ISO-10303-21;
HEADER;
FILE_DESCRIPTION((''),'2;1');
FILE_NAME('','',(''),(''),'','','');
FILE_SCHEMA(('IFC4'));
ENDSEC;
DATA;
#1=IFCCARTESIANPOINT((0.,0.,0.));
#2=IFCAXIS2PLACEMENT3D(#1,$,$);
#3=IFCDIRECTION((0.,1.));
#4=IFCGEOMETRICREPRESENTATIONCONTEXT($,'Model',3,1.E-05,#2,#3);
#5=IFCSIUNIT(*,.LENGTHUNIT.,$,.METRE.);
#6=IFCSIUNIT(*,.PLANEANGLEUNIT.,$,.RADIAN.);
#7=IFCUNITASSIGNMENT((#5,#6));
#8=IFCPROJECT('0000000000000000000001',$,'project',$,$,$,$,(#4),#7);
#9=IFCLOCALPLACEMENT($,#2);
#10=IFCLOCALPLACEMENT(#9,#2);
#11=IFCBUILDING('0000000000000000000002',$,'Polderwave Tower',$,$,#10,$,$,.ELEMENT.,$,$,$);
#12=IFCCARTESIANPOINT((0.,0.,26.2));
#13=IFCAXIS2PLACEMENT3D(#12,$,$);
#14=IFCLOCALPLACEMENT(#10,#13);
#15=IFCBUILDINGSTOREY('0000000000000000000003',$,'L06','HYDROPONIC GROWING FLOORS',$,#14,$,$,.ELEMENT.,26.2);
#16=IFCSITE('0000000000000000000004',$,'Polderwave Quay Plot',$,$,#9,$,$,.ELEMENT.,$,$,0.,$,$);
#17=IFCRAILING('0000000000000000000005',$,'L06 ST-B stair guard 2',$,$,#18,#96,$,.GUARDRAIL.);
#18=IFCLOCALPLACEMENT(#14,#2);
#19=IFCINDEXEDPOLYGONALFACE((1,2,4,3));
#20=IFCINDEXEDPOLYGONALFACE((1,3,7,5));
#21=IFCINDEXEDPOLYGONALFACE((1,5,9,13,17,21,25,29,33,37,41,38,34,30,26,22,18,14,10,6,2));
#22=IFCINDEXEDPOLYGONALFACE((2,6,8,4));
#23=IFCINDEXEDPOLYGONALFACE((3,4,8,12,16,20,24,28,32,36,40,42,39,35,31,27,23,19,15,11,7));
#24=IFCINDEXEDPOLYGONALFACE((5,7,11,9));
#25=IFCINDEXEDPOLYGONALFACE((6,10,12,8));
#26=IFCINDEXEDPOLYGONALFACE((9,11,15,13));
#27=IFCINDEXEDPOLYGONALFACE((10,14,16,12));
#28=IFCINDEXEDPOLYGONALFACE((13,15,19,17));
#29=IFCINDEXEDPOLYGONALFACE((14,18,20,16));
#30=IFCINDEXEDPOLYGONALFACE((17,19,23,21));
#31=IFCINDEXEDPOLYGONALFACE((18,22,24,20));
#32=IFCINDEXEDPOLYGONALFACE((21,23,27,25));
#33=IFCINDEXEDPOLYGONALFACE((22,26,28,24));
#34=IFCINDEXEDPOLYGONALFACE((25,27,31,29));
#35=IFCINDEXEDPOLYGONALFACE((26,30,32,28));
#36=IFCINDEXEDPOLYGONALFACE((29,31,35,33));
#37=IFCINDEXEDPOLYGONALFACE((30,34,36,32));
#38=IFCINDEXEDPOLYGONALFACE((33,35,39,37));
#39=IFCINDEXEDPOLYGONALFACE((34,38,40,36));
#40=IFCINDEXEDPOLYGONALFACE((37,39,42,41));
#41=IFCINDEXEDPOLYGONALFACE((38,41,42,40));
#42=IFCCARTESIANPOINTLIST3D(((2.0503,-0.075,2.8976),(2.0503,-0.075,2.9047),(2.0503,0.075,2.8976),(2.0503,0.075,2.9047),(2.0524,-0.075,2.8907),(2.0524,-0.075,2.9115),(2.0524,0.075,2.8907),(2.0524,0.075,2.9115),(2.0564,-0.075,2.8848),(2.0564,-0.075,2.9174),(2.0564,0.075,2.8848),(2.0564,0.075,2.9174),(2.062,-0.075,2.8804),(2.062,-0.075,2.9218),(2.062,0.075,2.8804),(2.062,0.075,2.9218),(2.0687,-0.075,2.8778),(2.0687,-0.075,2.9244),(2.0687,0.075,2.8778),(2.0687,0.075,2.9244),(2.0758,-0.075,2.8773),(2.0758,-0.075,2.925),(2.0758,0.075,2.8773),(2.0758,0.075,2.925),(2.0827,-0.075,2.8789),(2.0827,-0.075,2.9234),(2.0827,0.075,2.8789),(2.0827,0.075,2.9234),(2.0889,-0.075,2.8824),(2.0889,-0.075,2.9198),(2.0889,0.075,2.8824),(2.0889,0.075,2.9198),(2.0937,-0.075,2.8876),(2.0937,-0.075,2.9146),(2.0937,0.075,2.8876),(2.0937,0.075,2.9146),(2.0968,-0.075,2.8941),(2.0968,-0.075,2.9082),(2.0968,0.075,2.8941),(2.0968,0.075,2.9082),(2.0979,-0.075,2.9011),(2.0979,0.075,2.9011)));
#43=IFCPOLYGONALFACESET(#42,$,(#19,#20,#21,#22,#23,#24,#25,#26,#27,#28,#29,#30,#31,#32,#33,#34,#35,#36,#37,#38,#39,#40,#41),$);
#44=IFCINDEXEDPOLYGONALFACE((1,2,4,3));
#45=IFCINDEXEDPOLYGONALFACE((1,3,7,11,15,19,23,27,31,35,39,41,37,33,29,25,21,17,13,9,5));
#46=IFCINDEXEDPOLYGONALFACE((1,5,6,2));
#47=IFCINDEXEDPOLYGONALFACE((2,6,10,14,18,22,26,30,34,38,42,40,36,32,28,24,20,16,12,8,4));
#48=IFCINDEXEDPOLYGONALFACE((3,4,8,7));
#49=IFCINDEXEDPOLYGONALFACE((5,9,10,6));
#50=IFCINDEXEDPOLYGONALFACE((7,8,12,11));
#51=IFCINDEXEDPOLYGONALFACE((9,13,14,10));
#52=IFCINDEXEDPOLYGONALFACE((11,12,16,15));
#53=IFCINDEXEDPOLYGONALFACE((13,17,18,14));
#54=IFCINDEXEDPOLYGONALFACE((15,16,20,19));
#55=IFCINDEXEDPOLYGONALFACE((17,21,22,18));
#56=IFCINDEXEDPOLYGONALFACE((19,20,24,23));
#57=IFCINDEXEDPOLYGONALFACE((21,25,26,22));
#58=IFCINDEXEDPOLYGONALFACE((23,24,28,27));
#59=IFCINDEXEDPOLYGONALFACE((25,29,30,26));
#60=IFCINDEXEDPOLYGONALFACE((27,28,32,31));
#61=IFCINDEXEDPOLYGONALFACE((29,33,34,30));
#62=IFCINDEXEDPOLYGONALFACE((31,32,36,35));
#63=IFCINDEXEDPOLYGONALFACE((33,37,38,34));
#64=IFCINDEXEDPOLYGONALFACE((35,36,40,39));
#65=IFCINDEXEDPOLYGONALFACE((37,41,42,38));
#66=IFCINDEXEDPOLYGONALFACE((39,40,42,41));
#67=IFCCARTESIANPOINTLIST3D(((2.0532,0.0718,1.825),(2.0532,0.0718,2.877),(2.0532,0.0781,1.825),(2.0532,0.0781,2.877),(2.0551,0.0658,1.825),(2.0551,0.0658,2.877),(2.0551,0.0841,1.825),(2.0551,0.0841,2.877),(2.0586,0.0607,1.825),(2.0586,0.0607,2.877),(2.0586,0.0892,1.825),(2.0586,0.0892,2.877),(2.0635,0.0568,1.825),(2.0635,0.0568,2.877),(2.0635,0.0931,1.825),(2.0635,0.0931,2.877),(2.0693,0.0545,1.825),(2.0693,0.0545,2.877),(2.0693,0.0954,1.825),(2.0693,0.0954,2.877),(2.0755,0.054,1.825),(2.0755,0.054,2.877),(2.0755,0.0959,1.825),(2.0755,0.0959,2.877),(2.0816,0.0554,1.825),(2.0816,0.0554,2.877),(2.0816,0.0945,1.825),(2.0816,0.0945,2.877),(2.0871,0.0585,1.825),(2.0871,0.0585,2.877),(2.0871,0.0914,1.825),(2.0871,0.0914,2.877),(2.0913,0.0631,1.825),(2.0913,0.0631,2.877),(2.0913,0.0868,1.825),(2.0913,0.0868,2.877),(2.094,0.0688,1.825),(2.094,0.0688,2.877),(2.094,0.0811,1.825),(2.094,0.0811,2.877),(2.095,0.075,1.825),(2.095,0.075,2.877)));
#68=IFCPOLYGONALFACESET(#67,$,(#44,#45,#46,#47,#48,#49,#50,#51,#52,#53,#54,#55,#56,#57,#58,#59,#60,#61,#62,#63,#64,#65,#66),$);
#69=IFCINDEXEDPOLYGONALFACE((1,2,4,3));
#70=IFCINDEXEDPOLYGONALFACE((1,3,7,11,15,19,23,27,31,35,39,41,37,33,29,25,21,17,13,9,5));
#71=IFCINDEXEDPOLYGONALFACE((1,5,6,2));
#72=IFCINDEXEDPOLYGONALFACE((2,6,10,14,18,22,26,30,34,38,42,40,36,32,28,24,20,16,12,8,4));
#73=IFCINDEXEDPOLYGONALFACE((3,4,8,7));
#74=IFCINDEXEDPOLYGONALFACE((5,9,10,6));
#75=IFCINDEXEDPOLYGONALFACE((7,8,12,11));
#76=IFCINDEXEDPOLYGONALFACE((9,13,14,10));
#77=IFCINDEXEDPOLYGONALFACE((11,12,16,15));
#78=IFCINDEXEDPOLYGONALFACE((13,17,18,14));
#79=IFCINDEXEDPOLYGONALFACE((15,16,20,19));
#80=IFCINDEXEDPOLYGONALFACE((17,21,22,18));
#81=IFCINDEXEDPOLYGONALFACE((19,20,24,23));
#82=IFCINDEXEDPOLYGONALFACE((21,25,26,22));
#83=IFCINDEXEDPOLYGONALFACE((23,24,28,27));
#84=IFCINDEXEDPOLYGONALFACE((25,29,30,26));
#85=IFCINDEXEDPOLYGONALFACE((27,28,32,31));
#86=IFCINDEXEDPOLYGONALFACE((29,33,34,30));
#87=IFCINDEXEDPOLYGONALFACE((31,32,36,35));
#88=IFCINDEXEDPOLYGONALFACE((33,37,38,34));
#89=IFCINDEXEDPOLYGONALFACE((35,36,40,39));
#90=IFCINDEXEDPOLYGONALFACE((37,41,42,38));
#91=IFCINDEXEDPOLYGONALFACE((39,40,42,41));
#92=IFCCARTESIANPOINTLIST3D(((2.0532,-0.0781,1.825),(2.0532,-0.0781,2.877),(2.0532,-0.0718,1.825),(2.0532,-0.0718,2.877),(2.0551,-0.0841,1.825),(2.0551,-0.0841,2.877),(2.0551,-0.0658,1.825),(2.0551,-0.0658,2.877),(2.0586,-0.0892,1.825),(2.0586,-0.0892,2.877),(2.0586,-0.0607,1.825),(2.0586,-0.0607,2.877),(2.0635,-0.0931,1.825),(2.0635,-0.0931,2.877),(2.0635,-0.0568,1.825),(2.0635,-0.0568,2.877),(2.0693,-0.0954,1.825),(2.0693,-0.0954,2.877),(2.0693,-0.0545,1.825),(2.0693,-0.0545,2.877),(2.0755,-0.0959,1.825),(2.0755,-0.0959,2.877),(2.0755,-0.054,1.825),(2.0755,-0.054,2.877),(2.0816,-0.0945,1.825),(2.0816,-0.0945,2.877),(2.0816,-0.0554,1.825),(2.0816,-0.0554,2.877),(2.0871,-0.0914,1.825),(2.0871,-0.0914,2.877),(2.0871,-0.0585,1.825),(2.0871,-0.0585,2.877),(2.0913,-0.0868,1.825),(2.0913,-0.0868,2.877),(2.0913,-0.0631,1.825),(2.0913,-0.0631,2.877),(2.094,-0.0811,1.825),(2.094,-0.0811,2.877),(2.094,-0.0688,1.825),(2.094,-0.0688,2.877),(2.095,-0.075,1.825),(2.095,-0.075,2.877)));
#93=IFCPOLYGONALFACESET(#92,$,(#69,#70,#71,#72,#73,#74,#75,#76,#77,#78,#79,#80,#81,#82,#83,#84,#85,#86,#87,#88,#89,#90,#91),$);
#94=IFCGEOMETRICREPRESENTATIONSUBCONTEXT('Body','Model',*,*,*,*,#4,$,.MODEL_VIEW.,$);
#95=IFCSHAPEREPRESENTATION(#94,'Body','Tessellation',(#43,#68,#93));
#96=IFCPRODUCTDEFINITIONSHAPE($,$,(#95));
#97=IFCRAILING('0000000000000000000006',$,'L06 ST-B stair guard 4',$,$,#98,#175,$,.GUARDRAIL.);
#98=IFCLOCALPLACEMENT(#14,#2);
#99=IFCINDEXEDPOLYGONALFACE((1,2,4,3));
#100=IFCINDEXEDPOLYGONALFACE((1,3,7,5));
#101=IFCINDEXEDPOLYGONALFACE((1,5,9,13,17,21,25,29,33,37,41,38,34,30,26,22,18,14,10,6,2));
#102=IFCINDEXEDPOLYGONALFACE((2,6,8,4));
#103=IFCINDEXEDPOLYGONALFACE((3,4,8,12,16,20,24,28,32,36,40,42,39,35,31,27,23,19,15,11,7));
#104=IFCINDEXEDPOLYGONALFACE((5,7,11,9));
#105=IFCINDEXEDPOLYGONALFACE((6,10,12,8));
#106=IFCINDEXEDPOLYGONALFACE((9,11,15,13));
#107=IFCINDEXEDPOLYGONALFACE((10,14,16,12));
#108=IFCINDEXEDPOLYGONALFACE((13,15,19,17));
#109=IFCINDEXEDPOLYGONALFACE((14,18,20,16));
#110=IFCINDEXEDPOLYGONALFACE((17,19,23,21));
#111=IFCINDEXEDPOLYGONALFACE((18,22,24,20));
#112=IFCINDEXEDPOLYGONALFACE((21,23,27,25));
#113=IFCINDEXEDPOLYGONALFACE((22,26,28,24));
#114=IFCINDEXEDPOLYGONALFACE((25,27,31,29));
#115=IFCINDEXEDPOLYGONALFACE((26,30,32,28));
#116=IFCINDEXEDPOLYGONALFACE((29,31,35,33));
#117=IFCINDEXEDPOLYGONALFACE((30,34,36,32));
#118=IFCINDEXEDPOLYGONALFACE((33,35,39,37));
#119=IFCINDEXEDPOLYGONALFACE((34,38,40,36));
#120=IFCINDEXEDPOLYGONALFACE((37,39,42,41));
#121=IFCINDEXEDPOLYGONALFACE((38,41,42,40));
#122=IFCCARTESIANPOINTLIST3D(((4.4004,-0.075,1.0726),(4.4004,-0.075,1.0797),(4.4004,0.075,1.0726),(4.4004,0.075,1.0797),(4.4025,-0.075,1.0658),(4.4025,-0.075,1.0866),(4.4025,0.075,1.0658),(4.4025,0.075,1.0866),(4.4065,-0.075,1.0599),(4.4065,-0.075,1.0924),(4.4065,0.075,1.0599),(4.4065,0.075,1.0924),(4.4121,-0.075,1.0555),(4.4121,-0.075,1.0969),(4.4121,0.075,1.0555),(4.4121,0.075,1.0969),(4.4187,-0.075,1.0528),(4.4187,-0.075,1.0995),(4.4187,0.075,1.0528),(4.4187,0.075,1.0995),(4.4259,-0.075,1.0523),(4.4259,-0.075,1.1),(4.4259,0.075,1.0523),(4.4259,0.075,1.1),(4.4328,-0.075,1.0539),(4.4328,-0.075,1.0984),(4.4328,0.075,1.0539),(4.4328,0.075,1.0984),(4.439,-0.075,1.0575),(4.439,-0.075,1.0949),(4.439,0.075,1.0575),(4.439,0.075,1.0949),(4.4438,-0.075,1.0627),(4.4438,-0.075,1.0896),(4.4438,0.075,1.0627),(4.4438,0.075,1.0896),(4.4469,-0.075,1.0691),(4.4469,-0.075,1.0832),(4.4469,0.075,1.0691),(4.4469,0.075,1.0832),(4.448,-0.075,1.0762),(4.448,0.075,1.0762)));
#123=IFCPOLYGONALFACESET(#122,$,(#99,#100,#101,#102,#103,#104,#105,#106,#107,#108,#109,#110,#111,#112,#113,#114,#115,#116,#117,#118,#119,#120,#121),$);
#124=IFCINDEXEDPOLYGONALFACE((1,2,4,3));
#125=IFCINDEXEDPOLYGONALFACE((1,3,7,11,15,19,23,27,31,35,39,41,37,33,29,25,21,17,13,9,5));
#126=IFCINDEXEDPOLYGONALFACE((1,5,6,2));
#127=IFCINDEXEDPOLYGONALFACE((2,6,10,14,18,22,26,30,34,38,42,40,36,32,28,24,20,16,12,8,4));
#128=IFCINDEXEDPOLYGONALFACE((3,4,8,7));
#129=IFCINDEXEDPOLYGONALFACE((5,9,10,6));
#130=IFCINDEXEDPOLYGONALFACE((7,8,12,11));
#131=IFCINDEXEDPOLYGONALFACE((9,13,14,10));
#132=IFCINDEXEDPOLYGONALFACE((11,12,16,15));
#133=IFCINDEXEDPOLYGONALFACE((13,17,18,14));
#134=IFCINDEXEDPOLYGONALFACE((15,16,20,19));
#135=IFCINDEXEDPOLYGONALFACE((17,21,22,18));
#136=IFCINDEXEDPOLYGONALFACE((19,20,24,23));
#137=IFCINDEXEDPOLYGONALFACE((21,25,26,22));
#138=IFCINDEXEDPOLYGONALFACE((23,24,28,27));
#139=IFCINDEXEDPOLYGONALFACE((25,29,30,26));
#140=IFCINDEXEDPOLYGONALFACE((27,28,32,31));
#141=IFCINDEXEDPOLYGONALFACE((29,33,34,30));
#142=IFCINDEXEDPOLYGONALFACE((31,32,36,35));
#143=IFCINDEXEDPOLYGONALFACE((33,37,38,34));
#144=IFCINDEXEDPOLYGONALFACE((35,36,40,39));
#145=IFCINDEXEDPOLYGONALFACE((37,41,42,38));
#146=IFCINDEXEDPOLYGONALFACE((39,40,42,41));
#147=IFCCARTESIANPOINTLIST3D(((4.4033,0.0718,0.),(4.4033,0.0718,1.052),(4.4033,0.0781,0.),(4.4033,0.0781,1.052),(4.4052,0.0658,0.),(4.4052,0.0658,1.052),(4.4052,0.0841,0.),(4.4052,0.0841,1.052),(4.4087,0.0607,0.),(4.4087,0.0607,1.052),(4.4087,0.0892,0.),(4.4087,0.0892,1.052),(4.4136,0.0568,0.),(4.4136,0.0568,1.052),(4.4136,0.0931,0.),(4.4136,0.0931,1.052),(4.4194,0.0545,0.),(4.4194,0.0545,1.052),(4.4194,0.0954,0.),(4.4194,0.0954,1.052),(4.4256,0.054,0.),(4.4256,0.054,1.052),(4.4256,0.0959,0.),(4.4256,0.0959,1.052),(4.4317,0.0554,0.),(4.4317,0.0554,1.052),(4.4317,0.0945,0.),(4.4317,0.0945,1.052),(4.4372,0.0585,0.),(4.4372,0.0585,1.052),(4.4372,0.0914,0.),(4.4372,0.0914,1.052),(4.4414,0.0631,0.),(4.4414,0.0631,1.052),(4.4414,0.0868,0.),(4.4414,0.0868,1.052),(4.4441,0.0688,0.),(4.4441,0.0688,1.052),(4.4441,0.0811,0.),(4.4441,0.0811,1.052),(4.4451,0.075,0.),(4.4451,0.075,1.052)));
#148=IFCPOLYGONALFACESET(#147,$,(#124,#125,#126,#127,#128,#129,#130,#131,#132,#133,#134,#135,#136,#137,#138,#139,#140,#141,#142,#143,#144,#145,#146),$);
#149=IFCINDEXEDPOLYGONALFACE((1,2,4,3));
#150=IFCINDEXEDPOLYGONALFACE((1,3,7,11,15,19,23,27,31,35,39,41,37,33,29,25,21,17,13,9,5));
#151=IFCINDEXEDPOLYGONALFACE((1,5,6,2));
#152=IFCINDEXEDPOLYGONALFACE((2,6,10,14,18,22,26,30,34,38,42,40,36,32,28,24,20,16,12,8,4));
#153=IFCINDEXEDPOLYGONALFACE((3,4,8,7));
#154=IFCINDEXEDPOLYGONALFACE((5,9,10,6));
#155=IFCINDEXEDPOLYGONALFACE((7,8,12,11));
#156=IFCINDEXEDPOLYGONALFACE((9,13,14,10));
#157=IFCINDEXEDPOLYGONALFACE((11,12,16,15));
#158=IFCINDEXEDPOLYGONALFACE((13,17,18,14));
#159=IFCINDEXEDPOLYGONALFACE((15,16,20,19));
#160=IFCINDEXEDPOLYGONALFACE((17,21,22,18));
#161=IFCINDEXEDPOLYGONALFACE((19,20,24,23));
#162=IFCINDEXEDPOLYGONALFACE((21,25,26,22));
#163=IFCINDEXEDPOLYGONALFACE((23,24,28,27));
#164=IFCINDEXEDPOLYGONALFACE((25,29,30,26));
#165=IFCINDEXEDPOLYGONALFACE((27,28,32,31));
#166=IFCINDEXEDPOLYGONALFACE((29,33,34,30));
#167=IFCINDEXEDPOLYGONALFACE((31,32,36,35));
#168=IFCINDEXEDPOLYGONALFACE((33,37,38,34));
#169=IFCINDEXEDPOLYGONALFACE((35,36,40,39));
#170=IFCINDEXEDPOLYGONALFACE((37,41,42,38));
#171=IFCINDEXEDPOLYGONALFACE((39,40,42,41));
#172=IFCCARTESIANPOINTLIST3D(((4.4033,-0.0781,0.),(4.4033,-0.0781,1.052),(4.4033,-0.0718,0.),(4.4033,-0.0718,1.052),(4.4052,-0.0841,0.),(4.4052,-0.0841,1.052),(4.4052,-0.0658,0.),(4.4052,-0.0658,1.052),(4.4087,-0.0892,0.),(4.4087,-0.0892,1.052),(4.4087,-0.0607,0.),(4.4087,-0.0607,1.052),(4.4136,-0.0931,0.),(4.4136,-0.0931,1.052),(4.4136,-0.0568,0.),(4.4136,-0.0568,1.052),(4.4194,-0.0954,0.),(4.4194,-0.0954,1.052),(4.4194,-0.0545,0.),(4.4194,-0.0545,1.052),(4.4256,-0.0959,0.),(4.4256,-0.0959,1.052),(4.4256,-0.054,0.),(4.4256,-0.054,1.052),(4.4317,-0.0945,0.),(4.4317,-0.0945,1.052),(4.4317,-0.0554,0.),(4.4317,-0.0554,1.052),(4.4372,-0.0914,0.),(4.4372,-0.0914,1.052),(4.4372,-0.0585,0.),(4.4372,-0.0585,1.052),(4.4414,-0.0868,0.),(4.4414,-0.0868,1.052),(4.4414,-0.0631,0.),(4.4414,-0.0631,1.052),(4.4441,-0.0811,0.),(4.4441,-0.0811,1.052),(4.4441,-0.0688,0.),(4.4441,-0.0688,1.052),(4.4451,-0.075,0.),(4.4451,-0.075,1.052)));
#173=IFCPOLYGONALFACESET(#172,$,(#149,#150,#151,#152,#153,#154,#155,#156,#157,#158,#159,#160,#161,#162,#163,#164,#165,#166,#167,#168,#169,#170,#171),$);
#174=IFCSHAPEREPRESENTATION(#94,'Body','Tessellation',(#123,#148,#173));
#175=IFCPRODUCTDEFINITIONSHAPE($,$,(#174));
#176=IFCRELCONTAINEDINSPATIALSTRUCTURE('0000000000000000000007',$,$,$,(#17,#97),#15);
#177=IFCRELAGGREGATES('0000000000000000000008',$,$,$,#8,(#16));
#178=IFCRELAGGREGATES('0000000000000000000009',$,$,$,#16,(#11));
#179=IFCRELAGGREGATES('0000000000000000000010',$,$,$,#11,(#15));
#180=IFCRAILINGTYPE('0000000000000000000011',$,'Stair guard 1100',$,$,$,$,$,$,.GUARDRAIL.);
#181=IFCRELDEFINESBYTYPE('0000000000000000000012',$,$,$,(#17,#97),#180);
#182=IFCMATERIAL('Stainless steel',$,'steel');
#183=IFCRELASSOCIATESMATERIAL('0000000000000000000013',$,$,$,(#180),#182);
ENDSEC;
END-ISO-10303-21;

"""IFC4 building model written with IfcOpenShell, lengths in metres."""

from ifc_helpers import new_model, si_unit, direction, frame, origin, origin_2d, place, context, subcontext, project, spatial, circle, extrude, material, type_object, element, save


model = new_model("IFC4")

# Units and contexts
model_context = context("Model", 3, precision=1e-05, world=origin(), true_north=direction((0.0, 1.0)))
body_context = subcontext(model_context, "Body", "Model", "MODEL_VIEW")
ifc_project = project(units=[si_unit("LENGTHUNIT", "METRE"), si_unit("PLANEANGLEUNIT", "RADIAN")], contexts=[model_context])

# Site, building, storey
site_placement = place(None, origin())
site = spatial("IfcSite", under=ifc_project, at=site_placement, Name="Polderwave Quay Plot", CompositionType="ELEMENT", RefElevation=0.0)
building_placement = place(site_placement, origin())
building = spatial("IfcBuilding", under=site, at=building_placement, Name="Polderwave Tower", CompositionType="ELEMENT")
storey_placement = place(building_placement, frame((0.0, 0.0, 26.2)))
storey = spatial("IfcBuildingStorey", under=building, at=storey_placement, Name="L06", Description="HYDROPONIC GROWING FLOORS", CompositionType="ELEMENT", Elevation=26.2)

# Railings
ifc_material_1 = material(Name="Stainless steel", Category="steel")
railing_type_1 = type_object("IfcRailingType", Name="Stair guard 1100", PredefinedType="GUARDRAIL", material=ifc_material_1)
for number, where, name in (
    (1, (2.074, 0.075, 1.825), "L06 ST-B stair guard 2"),
    (2, (4.4241, 0.075, 0.0), "L06 ST-B stair guard 4"),
):
    element("IfcRailing", number, at=place(storey_placement, frame(where)), inside=storey, type_object=railing_type_1, Name=name, PredefinedType="GUARDRAIL", context=body_context, shape_type="SweptSolid", body=[
        extrude(circle(Radius=0.0239, at=origin_2d()), frame((0.0, 0.0, 1.0762), z_axis=(0.0, -1.0, 0.0), x_axis=(1.0, 0.0, 0.0)), (0.0, 0.0, 1.0), 0.1499),
        extrude(circle(Radius=0.021, at=origin_2d()), origin(), (0.0, 0.0, 1.0), 1.052),
        extrude(circle(Radius=0.021, at=origin_2d()), frame((0.0, -0.1499, 0.0)), (0.0, 0.0, 1.0), 1.052),
    ])

save(model, "model.ifc")
